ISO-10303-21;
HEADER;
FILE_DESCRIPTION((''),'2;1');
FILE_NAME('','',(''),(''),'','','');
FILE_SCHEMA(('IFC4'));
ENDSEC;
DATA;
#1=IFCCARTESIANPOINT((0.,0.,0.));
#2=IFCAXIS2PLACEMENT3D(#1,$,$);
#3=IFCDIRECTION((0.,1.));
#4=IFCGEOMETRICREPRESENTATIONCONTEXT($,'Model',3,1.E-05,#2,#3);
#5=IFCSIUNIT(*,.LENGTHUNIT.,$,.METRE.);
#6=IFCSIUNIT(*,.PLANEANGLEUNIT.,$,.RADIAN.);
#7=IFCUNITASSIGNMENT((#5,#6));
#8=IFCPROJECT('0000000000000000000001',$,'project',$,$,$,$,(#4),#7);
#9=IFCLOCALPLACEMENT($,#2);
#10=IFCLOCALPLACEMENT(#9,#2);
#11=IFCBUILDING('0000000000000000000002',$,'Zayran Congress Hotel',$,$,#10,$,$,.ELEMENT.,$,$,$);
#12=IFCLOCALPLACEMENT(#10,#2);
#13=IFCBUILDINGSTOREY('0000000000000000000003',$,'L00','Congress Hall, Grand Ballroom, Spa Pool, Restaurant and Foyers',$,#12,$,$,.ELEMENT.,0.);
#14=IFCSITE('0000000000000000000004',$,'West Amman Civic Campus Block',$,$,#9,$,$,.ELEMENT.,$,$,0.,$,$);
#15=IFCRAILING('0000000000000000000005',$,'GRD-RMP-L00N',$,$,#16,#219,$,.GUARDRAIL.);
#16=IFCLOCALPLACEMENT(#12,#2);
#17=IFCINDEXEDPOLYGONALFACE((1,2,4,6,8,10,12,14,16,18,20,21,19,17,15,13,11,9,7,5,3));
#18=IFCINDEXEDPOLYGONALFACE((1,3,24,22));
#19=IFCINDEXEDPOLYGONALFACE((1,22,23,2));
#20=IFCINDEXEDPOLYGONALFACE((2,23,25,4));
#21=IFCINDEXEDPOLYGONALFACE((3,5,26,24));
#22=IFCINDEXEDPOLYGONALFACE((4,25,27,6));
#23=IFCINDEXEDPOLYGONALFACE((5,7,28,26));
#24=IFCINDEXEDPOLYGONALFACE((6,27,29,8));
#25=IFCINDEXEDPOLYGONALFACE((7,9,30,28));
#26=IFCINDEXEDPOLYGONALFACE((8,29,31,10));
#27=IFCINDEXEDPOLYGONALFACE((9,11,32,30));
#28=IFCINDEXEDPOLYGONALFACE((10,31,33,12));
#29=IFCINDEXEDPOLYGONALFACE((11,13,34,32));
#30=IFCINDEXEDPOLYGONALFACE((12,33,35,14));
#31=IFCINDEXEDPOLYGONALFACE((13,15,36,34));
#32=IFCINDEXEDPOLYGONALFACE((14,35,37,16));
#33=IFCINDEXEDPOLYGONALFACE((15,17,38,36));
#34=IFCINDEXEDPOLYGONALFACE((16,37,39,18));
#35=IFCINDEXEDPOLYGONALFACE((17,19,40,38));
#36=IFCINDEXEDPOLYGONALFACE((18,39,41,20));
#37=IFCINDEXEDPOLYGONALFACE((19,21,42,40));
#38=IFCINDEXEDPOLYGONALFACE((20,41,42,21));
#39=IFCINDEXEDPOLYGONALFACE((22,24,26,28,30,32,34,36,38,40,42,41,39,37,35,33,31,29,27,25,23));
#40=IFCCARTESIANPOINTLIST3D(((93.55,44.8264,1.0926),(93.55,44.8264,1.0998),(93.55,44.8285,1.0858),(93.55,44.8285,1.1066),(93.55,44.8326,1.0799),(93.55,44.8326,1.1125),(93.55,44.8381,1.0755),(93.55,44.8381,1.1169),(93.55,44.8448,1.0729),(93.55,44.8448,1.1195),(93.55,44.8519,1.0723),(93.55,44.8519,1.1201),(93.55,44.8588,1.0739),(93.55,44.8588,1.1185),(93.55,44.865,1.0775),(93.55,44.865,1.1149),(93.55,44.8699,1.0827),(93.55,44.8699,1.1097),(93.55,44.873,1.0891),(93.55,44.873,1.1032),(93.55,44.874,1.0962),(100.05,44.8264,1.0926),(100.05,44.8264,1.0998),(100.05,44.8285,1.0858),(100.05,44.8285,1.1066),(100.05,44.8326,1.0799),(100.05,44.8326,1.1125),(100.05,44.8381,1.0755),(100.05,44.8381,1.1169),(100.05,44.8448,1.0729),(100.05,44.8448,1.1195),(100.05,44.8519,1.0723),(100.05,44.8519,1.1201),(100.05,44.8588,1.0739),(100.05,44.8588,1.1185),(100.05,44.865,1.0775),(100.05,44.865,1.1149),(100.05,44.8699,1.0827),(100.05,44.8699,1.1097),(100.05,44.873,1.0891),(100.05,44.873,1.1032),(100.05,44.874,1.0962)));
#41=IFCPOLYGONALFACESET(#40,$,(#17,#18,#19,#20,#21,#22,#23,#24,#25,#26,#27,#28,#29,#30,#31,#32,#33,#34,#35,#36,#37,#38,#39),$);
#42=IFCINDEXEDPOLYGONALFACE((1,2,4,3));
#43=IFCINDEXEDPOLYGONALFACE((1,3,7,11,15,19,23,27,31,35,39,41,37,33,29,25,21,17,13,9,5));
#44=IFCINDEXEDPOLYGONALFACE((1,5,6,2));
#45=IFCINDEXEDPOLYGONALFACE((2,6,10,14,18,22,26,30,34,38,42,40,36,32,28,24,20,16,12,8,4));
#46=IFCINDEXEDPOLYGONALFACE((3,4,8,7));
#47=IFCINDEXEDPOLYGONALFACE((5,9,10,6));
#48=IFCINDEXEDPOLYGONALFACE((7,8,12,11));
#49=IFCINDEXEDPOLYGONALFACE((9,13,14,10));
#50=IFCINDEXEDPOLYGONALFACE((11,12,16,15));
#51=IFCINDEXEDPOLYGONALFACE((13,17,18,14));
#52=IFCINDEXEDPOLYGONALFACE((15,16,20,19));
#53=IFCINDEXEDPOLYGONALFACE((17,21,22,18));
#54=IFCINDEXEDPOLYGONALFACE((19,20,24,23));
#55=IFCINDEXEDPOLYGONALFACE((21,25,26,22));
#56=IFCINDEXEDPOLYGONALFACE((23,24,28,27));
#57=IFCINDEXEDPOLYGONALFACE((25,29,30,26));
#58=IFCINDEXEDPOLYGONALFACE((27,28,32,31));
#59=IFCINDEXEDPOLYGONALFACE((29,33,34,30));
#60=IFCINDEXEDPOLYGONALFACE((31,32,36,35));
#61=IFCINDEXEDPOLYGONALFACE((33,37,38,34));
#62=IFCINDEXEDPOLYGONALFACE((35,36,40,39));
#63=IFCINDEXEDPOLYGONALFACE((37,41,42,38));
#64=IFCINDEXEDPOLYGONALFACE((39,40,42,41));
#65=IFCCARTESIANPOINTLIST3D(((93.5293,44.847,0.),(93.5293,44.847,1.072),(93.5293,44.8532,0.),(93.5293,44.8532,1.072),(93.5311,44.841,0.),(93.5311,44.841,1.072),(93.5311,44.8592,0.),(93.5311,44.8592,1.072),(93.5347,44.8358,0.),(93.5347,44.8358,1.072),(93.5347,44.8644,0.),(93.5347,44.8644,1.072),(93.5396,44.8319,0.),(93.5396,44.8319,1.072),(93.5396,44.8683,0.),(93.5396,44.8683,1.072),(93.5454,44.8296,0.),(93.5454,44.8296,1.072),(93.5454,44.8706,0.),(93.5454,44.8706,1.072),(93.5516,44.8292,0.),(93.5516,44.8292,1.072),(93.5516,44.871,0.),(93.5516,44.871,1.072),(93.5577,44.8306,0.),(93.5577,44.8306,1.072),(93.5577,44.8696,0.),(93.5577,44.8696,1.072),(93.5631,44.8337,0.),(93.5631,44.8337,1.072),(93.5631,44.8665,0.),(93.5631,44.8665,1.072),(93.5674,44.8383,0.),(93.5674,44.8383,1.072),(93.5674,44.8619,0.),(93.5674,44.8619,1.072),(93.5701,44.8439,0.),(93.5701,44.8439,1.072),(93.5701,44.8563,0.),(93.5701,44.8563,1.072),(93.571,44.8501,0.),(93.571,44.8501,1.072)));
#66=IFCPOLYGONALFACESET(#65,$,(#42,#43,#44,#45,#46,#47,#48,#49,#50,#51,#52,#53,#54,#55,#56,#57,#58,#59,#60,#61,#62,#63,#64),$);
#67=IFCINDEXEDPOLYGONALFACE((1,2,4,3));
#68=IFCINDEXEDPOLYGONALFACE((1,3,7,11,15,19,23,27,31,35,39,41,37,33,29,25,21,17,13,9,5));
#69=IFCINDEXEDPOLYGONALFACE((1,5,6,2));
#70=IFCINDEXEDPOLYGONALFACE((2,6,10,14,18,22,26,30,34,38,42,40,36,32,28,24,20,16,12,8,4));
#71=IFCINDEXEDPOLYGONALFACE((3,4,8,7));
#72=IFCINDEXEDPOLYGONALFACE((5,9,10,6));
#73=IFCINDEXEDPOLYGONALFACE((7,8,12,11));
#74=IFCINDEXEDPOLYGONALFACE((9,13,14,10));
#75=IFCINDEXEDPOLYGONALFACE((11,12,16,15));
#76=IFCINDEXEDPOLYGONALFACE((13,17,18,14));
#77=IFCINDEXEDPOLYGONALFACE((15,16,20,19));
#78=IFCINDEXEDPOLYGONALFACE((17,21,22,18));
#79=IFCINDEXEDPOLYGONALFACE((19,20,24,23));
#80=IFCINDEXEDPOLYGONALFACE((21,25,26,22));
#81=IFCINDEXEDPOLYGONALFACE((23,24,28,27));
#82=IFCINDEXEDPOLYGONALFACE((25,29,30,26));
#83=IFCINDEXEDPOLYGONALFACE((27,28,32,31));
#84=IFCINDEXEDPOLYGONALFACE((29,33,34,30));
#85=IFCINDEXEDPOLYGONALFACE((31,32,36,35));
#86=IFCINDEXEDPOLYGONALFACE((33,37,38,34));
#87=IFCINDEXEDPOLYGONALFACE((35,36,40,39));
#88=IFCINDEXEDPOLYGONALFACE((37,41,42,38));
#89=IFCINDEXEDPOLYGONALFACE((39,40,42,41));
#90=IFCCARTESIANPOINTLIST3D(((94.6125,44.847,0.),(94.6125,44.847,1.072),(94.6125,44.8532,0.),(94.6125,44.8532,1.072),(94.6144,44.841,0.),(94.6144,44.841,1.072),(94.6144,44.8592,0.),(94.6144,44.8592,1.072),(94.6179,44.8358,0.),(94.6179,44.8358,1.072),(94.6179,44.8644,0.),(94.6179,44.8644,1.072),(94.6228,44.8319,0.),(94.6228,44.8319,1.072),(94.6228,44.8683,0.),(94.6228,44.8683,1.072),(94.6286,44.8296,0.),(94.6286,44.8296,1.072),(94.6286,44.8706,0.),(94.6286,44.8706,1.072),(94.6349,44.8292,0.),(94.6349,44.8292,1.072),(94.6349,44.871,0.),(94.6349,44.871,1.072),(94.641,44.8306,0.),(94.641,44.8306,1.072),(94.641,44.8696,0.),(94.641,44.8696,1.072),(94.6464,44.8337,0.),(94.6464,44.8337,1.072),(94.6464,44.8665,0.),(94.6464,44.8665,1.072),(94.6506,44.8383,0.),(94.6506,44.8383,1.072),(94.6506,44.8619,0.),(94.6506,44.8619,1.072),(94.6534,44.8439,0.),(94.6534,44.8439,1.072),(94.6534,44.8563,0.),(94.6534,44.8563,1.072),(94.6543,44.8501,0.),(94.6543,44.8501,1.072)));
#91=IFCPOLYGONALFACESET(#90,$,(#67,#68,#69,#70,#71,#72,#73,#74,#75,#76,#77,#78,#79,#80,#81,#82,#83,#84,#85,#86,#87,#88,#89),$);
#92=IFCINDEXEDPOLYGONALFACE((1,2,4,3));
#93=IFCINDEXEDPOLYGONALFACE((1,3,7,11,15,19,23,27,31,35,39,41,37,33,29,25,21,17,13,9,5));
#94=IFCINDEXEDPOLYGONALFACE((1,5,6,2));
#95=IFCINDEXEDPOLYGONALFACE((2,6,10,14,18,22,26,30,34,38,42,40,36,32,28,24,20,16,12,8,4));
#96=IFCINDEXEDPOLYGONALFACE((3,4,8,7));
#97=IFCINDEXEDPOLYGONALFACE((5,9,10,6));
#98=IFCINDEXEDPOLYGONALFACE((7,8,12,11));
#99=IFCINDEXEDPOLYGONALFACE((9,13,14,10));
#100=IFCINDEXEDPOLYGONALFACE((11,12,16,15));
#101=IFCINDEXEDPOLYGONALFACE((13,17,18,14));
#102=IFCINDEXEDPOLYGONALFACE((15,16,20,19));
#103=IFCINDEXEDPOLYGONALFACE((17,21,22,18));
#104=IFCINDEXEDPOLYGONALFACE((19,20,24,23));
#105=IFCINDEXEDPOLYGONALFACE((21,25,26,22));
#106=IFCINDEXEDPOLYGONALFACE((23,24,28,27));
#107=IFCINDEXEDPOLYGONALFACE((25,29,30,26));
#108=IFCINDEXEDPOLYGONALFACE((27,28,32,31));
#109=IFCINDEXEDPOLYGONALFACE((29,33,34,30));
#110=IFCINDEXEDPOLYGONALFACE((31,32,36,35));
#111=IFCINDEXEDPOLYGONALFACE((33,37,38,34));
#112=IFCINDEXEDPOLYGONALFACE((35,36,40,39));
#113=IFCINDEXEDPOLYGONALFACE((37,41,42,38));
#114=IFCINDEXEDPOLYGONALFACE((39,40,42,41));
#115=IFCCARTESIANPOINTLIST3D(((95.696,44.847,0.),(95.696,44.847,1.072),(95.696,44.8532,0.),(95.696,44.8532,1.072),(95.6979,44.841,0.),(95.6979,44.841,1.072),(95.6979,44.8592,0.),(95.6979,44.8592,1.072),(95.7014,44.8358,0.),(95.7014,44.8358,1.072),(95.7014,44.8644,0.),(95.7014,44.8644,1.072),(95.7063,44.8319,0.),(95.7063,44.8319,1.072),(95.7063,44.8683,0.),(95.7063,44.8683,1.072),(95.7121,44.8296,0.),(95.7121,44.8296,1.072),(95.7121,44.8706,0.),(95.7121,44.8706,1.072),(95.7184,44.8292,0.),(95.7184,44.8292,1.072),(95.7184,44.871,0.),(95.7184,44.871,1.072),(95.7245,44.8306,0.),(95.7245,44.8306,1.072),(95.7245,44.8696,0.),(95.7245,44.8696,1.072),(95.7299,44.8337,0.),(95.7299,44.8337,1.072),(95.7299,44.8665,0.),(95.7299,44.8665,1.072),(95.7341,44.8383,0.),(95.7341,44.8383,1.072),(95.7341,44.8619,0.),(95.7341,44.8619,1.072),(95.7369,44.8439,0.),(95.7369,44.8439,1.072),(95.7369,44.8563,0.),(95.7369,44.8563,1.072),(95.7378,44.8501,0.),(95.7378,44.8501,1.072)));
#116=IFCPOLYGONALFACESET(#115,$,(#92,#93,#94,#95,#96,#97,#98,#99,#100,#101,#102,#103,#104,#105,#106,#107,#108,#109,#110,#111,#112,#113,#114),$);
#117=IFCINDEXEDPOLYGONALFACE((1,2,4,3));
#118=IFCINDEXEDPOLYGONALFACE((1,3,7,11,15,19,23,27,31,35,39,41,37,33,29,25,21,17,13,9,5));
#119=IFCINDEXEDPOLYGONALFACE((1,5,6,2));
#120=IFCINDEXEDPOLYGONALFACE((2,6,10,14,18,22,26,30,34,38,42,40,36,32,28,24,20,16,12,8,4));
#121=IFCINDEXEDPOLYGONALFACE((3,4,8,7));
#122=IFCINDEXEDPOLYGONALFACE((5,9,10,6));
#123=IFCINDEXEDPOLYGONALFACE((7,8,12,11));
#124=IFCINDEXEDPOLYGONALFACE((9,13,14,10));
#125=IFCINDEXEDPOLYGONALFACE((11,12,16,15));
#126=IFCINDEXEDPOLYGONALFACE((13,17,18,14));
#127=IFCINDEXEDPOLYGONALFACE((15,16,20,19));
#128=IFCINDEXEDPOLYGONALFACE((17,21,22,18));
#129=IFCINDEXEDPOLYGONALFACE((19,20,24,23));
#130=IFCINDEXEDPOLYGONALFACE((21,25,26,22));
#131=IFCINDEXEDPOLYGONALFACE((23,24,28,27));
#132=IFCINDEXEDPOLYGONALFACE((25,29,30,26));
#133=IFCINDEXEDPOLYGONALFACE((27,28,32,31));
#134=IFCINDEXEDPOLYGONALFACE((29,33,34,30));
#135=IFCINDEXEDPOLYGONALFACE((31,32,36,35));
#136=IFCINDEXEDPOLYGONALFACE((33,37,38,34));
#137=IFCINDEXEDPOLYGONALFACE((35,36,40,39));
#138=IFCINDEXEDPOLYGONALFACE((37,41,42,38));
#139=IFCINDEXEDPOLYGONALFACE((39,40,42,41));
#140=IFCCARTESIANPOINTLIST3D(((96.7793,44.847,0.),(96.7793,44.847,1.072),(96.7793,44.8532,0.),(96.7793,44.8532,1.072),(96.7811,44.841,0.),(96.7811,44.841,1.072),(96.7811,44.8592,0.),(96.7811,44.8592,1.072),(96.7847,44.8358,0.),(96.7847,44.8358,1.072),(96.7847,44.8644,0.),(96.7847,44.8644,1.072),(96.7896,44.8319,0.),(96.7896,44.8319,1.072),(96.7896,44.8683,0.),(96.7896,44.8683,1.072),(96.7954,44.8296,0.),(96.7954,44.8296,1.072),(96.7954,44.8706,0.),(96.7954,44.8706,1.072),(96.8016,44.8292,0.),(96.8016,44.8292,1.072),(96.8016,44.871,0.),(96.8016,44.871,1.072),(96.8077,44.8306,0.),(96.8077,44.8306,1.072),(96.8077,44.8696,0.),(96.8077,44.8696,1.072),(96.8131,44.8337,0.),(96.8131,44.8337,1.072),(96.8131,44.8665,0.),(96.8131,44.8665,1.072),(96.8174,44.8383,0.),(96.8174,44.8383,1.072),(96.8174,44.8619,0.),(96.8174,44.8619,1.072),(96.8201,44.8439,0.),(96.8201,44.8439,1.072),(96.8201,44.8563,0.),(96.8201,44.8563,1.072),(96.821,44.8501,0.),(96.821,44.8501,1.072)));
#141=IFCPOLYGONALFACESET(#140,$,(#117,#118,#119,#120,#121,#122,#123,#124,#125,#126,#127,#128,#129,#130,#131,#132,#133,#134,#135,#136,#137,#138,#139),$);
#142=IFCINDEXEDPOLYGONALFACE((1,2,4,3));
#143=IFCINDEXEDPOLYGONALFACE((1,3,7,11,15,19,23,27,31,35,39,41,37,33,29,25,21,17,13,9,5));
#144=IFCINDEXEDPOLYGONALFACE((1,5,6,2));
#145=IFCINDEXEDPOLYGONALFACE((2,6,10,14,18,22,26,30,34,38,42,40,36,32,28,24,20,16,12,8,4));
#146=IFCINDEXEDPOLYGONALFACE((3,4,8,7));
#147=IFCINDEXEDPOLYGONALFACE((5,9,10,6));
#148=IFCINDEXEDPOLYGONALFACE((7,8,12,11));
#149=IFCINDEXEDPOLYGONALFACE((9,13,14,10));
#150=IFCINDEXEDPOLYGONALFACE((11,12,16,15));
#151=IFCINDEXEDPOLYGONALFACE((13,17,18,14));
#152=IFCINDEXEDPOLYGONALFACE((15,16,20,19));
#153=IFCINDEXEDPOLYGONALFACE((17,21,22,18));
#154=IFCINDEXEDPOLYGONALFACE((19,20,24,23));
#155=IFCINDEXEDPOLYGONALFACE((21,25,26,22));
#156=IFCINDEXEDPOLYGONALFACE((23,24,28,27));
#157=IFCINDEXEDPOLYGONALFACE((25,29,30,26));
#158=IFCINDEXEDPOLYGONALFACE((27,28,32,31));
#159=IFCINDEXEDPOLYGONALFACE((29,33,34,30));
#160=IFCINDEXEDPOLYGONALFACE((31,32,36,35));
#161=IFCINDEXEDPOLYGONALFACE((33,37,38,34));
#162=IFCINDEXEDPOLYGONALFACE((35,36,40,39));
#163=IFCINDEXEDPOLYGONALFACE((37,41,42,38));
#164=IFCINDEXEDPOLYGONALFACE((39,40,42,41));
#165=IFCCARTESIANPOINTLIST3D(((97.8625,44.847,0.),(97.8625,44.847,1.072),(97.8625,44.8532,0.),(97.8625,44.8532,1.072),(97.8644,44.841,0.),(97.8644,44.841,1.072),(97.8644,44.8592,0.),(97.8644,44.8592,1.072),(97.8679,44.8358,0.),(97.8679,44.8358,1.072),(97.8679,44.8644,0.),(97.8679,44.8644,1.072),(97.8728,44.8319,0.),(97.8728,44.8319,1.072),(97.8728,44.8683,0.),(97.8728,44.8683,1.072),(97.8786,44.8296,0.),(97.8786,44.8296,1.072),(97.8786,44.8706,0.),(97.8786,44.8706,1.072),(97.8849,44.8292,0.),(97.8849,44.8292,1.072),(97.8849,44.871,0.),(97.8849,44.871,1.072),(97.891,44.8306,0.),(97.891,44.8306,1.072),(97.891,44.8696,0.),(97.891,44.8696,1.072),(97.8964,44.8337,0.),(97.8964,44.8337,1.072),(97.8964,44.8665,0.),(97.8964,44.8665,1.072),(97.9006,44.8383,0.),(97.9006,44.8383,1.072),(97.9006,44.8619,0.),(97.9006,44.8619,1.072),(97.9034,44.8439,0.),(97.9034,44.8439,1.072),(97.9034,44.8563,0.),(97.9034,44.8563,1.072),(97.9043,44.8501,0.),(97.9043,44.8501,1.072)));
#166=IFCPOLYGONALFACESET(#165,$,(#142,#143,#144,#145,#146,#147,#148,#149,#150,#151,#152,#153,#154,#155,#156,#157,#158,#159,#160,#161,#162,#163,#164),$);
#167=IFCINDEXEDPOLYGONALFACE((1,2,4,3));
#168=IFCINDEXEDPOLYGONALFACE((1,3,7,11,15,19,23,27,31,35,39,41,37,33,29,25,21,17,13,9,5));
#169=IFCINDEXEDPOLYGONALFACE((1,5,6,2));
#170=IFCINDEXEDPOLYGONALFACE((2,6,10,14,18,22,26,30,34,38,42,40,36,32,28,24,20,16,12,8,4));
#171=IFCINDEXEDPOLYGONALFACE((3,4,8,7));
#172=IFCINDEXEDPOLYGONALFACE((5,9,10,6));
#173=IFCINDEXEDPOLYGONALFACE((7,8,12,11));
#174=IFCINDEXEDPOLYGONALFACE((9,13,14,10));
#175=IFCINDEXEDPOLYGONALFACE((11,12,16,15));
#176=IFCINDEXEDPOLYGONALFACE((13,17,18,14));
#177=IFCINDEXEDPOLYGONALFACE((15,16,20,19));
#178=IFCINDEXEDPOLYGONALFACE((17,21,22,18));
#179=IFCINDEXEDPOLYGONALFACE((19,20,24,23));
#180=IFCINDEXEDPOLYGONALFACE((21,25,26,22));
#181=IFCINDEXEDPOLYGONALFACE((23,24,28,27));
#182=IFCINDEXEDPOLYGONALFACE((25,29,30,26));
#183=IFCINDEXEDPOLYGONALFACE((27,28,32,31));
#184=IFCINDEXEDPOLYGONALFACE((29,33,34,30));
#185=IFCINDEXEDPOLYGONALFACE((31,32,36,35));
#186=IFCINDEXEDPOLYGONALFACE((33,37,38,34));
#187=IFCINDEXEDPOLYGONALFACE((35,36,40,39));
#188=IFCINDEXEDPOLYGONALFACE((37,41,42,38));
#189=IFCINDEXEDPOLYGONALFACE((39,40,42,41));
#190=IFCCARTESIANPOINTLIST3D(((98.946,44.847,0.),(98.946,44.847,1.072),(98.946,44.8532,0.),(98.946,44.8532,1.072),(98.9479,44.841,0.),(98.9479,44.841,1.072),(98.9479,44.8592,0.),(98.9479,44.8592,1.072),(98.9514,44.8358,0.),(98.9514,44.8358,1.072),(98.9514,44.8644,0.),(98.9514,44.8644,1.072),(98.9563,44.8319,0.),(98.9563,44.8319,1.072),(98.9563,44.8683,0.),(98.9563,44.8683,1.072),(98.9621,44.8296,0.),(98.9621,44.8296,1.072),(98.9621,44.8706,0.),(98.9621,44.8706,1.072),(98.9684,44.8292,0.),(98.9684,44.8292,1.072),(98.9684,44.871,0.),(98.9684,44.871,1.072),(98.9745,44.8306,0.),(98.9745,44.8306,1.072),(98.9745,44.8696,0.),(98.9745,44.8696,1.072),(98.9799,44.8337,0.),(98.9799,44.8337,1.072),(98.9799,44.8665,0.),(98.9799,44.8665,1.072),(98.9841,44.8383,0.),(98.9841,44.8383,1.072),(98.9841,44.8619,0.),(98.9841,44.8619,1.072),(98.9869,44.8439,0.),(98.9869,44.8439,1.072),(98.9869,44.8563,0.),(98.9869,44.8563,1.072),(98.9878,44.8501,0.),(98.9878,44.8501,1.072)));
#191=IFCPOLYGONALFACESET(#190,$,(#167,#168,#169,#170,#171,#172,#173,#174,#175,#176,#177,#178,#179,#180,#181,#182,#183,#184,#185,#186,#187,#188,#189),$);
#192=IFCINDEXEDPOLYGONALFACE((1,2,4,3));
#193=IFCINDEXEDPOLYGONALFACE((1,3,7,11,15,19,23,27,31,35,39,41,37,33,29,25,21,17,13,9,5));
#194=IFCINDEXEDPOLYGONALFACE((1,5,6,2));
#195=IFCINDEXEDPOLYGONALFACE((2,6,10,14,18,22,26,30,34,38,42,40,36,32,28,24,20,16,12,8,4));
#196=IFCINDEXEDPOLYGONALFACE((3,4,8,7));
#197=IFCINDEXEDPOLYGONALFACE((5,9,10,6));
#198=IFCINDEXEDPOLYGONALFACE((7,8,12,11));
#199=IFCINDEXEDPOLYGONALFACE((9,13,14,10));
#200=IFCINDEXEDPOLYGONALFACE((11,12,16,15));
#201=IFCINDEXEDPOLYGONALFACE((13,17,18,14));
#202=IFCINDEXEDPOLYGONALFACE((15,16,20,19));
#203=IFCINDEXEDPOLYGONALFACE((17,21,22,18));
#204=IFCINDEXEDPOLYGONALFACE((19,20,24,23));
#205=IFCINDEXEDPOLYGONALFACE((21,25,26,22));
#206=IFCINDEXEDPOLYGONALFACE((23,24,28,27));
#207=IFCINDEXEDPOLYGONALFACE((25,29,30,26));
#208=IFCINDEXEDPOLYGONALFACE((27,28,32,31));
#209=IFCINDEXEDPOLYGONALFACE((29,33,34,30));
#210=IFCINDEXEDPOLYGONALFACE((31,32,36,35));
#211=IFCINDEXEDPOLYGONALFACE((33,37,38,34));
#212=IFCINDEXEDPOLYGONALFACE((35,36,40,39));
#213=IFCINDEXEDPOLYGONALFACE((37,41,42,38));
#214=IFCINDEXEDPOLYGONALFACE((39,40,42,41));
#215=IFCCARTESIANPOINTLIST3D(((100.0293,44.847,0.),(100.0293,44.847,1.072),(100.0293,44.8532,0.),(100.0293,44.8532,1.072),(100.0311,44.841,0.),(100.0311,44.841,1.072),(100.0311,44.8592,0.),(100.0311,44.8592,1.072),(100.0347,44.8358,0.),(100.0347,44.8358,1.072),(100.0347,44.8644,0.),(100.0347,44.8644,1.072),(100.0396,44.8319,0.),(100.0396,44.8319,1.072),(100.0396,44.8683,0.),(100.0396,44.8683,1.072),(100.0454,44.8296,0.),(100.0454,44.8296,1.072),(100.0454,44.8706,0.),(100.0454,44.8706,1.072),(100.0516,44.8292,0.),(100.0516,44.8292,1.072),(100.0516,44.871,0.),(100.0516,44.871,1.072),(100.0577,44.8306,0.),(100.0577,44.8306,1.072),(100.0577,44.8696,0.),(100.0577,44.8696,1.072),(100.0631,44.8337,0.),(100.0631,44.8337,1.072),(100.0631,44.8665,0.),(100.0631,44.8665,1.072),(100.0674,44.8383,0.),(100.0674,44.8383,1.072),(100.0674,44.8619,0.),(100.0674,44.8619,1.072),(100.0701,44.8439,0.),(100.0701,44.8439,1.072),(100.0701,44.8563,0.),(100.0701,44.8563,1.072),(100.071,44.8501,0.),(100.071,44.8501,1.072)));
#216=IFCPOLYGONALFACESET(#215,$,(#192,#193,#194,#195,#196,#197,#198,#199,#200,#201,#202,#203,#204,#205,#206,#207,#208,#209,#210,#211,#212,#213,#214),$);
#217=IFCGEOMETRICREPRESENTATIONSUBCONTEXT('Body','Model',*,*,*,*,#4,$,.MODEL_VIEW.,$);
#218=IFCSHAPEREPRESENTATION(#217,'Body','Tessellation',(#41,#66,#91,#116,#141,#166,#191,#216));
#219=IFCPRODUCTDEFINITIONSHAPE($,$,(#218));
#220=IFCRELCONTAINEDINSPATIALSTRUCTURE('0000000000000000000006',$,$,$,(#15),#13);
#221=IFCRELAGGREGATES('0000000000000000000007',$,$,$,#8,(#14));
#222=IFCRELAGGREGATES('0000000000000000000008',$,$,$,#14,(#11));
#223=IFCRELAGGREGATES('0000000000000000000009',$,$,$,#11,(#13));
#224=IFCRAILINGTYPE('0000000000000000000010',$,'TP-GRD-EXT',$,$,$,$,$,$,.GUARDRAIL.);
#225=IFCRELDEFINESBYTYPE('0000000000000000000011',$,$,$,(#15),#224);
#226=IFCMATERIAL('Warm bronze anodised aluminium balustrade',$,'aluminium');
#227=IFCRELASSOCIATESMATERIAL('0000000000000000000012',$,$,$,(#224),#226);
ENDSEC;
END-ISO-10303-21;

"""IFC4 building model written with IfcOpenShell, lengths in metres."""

from ifc_helpers import new_model, si_unit, direction, frame, origin, origin_2d, place, context, subcontext, project, spatial, circle, extrude, material, type_object, element, save


model = new_model("IFC4")

# Units and contexts
model_context = context("Model", 3, precision=1e-05, world=origin(), true_north=direction((0.0, 1.0)))
body_context = subcontext(model_context, "Body", "Model", "MODEL_VIEW")
ifc_project = project(units=[si_unit("LENGTHUNIT", "METRE"), si_unit("PLANEANGLEUNIT", "RADIAN")], contexts=[model_context])

# Site, building, storey
site_placement = place(None, origin())
site = spatial("IfcSite", under=ifc_project, at=site_placement, Name="West Amman Civic Campus Block", CompositionType="ELEMENT", RefElevation=0.0)
building_placement = place(site_placement, origin())
building = spatial("IfcBuilding", under=site, at=building_placement, Name="Zayran Congress Hotel", CompositionType="ELEMENT")
storey_placement = place(building_placement, origin())
storey = spatial("IfcBuildingStorey", under=building, at=storey_placement, Name="L00", Description="Congress Hall, Grand Ballroom, Spa Pool, Restaurant and Foyers", CompositionType="ELEMENT", Elevation=0.0)

# Railing
ifc_material_1 = material(Name="Warm bronze anodised aluminium balustrade", Category="aluminium")
railing_type = type_object("IfcRailingType", Name="TP-GRD-EXT", PredefinedType="GUARDRAIL", material=ifc_material_1)
railing_placement = place(storey_placement, frame((93.55, 44.8501, 0.0)))
element("IfcRailing", 1, at=railing_placement, inside=storey, type_object=railing_type, Name="GRD-RMP-L00N", PredefinedType="GUARDRAIL", context=body_context, shape_type="SweptSolid", body=[
    extrude(circle(Radius=0.0239, at=origin_2d()), frame((0.0, 0.0, 1.0962), z_axis=(1.0, 0.0, 0.0), x_axis=(0.0, 1.0, 0.0)), (0.0, 0.0, 1.0), 6.5),
    extrude(circle(Radius=0.021, at=origin_2d()), origin(), (0.0, 0.0, 1.0), 1.072),
    extrude(circle(Radius=0.021, at=origin_2d()), frame((1.0833, 0.0, 0.0)), (0.0, 0.0, 1.0), 1.072),
    extrude(circle(Radius=0.021, at=origin_2d()), frame((2.1667, 0.0, 0.0)), (0.0, 0.0, 1.0), 1.072),
    extrude(circle(Radius=0.021, at=origin_2d()), frame((3.25, 0.0, 0.0)), (0.0, 0.0, 1.0), 1.072),
    extrude(circle(Radius=0.021, at=origin_2d()), frame((4.3333, 0.0, 0.0)), (0.0, 0.0, 1.0), 1.072),
    extrude(circle(Radius=0.021, at=origin_2d()), frame((5.4167, 0.0, 0.0)), (0.0, 0.0, 1.0), 1.072),
    extrude(circle(Radius=0.021, at=origin_2d()), frame((6.5, 0.0, 0.0)), (0.0, 0.0, 1.0), 1.072),
])

save(model, "model.ifc")
